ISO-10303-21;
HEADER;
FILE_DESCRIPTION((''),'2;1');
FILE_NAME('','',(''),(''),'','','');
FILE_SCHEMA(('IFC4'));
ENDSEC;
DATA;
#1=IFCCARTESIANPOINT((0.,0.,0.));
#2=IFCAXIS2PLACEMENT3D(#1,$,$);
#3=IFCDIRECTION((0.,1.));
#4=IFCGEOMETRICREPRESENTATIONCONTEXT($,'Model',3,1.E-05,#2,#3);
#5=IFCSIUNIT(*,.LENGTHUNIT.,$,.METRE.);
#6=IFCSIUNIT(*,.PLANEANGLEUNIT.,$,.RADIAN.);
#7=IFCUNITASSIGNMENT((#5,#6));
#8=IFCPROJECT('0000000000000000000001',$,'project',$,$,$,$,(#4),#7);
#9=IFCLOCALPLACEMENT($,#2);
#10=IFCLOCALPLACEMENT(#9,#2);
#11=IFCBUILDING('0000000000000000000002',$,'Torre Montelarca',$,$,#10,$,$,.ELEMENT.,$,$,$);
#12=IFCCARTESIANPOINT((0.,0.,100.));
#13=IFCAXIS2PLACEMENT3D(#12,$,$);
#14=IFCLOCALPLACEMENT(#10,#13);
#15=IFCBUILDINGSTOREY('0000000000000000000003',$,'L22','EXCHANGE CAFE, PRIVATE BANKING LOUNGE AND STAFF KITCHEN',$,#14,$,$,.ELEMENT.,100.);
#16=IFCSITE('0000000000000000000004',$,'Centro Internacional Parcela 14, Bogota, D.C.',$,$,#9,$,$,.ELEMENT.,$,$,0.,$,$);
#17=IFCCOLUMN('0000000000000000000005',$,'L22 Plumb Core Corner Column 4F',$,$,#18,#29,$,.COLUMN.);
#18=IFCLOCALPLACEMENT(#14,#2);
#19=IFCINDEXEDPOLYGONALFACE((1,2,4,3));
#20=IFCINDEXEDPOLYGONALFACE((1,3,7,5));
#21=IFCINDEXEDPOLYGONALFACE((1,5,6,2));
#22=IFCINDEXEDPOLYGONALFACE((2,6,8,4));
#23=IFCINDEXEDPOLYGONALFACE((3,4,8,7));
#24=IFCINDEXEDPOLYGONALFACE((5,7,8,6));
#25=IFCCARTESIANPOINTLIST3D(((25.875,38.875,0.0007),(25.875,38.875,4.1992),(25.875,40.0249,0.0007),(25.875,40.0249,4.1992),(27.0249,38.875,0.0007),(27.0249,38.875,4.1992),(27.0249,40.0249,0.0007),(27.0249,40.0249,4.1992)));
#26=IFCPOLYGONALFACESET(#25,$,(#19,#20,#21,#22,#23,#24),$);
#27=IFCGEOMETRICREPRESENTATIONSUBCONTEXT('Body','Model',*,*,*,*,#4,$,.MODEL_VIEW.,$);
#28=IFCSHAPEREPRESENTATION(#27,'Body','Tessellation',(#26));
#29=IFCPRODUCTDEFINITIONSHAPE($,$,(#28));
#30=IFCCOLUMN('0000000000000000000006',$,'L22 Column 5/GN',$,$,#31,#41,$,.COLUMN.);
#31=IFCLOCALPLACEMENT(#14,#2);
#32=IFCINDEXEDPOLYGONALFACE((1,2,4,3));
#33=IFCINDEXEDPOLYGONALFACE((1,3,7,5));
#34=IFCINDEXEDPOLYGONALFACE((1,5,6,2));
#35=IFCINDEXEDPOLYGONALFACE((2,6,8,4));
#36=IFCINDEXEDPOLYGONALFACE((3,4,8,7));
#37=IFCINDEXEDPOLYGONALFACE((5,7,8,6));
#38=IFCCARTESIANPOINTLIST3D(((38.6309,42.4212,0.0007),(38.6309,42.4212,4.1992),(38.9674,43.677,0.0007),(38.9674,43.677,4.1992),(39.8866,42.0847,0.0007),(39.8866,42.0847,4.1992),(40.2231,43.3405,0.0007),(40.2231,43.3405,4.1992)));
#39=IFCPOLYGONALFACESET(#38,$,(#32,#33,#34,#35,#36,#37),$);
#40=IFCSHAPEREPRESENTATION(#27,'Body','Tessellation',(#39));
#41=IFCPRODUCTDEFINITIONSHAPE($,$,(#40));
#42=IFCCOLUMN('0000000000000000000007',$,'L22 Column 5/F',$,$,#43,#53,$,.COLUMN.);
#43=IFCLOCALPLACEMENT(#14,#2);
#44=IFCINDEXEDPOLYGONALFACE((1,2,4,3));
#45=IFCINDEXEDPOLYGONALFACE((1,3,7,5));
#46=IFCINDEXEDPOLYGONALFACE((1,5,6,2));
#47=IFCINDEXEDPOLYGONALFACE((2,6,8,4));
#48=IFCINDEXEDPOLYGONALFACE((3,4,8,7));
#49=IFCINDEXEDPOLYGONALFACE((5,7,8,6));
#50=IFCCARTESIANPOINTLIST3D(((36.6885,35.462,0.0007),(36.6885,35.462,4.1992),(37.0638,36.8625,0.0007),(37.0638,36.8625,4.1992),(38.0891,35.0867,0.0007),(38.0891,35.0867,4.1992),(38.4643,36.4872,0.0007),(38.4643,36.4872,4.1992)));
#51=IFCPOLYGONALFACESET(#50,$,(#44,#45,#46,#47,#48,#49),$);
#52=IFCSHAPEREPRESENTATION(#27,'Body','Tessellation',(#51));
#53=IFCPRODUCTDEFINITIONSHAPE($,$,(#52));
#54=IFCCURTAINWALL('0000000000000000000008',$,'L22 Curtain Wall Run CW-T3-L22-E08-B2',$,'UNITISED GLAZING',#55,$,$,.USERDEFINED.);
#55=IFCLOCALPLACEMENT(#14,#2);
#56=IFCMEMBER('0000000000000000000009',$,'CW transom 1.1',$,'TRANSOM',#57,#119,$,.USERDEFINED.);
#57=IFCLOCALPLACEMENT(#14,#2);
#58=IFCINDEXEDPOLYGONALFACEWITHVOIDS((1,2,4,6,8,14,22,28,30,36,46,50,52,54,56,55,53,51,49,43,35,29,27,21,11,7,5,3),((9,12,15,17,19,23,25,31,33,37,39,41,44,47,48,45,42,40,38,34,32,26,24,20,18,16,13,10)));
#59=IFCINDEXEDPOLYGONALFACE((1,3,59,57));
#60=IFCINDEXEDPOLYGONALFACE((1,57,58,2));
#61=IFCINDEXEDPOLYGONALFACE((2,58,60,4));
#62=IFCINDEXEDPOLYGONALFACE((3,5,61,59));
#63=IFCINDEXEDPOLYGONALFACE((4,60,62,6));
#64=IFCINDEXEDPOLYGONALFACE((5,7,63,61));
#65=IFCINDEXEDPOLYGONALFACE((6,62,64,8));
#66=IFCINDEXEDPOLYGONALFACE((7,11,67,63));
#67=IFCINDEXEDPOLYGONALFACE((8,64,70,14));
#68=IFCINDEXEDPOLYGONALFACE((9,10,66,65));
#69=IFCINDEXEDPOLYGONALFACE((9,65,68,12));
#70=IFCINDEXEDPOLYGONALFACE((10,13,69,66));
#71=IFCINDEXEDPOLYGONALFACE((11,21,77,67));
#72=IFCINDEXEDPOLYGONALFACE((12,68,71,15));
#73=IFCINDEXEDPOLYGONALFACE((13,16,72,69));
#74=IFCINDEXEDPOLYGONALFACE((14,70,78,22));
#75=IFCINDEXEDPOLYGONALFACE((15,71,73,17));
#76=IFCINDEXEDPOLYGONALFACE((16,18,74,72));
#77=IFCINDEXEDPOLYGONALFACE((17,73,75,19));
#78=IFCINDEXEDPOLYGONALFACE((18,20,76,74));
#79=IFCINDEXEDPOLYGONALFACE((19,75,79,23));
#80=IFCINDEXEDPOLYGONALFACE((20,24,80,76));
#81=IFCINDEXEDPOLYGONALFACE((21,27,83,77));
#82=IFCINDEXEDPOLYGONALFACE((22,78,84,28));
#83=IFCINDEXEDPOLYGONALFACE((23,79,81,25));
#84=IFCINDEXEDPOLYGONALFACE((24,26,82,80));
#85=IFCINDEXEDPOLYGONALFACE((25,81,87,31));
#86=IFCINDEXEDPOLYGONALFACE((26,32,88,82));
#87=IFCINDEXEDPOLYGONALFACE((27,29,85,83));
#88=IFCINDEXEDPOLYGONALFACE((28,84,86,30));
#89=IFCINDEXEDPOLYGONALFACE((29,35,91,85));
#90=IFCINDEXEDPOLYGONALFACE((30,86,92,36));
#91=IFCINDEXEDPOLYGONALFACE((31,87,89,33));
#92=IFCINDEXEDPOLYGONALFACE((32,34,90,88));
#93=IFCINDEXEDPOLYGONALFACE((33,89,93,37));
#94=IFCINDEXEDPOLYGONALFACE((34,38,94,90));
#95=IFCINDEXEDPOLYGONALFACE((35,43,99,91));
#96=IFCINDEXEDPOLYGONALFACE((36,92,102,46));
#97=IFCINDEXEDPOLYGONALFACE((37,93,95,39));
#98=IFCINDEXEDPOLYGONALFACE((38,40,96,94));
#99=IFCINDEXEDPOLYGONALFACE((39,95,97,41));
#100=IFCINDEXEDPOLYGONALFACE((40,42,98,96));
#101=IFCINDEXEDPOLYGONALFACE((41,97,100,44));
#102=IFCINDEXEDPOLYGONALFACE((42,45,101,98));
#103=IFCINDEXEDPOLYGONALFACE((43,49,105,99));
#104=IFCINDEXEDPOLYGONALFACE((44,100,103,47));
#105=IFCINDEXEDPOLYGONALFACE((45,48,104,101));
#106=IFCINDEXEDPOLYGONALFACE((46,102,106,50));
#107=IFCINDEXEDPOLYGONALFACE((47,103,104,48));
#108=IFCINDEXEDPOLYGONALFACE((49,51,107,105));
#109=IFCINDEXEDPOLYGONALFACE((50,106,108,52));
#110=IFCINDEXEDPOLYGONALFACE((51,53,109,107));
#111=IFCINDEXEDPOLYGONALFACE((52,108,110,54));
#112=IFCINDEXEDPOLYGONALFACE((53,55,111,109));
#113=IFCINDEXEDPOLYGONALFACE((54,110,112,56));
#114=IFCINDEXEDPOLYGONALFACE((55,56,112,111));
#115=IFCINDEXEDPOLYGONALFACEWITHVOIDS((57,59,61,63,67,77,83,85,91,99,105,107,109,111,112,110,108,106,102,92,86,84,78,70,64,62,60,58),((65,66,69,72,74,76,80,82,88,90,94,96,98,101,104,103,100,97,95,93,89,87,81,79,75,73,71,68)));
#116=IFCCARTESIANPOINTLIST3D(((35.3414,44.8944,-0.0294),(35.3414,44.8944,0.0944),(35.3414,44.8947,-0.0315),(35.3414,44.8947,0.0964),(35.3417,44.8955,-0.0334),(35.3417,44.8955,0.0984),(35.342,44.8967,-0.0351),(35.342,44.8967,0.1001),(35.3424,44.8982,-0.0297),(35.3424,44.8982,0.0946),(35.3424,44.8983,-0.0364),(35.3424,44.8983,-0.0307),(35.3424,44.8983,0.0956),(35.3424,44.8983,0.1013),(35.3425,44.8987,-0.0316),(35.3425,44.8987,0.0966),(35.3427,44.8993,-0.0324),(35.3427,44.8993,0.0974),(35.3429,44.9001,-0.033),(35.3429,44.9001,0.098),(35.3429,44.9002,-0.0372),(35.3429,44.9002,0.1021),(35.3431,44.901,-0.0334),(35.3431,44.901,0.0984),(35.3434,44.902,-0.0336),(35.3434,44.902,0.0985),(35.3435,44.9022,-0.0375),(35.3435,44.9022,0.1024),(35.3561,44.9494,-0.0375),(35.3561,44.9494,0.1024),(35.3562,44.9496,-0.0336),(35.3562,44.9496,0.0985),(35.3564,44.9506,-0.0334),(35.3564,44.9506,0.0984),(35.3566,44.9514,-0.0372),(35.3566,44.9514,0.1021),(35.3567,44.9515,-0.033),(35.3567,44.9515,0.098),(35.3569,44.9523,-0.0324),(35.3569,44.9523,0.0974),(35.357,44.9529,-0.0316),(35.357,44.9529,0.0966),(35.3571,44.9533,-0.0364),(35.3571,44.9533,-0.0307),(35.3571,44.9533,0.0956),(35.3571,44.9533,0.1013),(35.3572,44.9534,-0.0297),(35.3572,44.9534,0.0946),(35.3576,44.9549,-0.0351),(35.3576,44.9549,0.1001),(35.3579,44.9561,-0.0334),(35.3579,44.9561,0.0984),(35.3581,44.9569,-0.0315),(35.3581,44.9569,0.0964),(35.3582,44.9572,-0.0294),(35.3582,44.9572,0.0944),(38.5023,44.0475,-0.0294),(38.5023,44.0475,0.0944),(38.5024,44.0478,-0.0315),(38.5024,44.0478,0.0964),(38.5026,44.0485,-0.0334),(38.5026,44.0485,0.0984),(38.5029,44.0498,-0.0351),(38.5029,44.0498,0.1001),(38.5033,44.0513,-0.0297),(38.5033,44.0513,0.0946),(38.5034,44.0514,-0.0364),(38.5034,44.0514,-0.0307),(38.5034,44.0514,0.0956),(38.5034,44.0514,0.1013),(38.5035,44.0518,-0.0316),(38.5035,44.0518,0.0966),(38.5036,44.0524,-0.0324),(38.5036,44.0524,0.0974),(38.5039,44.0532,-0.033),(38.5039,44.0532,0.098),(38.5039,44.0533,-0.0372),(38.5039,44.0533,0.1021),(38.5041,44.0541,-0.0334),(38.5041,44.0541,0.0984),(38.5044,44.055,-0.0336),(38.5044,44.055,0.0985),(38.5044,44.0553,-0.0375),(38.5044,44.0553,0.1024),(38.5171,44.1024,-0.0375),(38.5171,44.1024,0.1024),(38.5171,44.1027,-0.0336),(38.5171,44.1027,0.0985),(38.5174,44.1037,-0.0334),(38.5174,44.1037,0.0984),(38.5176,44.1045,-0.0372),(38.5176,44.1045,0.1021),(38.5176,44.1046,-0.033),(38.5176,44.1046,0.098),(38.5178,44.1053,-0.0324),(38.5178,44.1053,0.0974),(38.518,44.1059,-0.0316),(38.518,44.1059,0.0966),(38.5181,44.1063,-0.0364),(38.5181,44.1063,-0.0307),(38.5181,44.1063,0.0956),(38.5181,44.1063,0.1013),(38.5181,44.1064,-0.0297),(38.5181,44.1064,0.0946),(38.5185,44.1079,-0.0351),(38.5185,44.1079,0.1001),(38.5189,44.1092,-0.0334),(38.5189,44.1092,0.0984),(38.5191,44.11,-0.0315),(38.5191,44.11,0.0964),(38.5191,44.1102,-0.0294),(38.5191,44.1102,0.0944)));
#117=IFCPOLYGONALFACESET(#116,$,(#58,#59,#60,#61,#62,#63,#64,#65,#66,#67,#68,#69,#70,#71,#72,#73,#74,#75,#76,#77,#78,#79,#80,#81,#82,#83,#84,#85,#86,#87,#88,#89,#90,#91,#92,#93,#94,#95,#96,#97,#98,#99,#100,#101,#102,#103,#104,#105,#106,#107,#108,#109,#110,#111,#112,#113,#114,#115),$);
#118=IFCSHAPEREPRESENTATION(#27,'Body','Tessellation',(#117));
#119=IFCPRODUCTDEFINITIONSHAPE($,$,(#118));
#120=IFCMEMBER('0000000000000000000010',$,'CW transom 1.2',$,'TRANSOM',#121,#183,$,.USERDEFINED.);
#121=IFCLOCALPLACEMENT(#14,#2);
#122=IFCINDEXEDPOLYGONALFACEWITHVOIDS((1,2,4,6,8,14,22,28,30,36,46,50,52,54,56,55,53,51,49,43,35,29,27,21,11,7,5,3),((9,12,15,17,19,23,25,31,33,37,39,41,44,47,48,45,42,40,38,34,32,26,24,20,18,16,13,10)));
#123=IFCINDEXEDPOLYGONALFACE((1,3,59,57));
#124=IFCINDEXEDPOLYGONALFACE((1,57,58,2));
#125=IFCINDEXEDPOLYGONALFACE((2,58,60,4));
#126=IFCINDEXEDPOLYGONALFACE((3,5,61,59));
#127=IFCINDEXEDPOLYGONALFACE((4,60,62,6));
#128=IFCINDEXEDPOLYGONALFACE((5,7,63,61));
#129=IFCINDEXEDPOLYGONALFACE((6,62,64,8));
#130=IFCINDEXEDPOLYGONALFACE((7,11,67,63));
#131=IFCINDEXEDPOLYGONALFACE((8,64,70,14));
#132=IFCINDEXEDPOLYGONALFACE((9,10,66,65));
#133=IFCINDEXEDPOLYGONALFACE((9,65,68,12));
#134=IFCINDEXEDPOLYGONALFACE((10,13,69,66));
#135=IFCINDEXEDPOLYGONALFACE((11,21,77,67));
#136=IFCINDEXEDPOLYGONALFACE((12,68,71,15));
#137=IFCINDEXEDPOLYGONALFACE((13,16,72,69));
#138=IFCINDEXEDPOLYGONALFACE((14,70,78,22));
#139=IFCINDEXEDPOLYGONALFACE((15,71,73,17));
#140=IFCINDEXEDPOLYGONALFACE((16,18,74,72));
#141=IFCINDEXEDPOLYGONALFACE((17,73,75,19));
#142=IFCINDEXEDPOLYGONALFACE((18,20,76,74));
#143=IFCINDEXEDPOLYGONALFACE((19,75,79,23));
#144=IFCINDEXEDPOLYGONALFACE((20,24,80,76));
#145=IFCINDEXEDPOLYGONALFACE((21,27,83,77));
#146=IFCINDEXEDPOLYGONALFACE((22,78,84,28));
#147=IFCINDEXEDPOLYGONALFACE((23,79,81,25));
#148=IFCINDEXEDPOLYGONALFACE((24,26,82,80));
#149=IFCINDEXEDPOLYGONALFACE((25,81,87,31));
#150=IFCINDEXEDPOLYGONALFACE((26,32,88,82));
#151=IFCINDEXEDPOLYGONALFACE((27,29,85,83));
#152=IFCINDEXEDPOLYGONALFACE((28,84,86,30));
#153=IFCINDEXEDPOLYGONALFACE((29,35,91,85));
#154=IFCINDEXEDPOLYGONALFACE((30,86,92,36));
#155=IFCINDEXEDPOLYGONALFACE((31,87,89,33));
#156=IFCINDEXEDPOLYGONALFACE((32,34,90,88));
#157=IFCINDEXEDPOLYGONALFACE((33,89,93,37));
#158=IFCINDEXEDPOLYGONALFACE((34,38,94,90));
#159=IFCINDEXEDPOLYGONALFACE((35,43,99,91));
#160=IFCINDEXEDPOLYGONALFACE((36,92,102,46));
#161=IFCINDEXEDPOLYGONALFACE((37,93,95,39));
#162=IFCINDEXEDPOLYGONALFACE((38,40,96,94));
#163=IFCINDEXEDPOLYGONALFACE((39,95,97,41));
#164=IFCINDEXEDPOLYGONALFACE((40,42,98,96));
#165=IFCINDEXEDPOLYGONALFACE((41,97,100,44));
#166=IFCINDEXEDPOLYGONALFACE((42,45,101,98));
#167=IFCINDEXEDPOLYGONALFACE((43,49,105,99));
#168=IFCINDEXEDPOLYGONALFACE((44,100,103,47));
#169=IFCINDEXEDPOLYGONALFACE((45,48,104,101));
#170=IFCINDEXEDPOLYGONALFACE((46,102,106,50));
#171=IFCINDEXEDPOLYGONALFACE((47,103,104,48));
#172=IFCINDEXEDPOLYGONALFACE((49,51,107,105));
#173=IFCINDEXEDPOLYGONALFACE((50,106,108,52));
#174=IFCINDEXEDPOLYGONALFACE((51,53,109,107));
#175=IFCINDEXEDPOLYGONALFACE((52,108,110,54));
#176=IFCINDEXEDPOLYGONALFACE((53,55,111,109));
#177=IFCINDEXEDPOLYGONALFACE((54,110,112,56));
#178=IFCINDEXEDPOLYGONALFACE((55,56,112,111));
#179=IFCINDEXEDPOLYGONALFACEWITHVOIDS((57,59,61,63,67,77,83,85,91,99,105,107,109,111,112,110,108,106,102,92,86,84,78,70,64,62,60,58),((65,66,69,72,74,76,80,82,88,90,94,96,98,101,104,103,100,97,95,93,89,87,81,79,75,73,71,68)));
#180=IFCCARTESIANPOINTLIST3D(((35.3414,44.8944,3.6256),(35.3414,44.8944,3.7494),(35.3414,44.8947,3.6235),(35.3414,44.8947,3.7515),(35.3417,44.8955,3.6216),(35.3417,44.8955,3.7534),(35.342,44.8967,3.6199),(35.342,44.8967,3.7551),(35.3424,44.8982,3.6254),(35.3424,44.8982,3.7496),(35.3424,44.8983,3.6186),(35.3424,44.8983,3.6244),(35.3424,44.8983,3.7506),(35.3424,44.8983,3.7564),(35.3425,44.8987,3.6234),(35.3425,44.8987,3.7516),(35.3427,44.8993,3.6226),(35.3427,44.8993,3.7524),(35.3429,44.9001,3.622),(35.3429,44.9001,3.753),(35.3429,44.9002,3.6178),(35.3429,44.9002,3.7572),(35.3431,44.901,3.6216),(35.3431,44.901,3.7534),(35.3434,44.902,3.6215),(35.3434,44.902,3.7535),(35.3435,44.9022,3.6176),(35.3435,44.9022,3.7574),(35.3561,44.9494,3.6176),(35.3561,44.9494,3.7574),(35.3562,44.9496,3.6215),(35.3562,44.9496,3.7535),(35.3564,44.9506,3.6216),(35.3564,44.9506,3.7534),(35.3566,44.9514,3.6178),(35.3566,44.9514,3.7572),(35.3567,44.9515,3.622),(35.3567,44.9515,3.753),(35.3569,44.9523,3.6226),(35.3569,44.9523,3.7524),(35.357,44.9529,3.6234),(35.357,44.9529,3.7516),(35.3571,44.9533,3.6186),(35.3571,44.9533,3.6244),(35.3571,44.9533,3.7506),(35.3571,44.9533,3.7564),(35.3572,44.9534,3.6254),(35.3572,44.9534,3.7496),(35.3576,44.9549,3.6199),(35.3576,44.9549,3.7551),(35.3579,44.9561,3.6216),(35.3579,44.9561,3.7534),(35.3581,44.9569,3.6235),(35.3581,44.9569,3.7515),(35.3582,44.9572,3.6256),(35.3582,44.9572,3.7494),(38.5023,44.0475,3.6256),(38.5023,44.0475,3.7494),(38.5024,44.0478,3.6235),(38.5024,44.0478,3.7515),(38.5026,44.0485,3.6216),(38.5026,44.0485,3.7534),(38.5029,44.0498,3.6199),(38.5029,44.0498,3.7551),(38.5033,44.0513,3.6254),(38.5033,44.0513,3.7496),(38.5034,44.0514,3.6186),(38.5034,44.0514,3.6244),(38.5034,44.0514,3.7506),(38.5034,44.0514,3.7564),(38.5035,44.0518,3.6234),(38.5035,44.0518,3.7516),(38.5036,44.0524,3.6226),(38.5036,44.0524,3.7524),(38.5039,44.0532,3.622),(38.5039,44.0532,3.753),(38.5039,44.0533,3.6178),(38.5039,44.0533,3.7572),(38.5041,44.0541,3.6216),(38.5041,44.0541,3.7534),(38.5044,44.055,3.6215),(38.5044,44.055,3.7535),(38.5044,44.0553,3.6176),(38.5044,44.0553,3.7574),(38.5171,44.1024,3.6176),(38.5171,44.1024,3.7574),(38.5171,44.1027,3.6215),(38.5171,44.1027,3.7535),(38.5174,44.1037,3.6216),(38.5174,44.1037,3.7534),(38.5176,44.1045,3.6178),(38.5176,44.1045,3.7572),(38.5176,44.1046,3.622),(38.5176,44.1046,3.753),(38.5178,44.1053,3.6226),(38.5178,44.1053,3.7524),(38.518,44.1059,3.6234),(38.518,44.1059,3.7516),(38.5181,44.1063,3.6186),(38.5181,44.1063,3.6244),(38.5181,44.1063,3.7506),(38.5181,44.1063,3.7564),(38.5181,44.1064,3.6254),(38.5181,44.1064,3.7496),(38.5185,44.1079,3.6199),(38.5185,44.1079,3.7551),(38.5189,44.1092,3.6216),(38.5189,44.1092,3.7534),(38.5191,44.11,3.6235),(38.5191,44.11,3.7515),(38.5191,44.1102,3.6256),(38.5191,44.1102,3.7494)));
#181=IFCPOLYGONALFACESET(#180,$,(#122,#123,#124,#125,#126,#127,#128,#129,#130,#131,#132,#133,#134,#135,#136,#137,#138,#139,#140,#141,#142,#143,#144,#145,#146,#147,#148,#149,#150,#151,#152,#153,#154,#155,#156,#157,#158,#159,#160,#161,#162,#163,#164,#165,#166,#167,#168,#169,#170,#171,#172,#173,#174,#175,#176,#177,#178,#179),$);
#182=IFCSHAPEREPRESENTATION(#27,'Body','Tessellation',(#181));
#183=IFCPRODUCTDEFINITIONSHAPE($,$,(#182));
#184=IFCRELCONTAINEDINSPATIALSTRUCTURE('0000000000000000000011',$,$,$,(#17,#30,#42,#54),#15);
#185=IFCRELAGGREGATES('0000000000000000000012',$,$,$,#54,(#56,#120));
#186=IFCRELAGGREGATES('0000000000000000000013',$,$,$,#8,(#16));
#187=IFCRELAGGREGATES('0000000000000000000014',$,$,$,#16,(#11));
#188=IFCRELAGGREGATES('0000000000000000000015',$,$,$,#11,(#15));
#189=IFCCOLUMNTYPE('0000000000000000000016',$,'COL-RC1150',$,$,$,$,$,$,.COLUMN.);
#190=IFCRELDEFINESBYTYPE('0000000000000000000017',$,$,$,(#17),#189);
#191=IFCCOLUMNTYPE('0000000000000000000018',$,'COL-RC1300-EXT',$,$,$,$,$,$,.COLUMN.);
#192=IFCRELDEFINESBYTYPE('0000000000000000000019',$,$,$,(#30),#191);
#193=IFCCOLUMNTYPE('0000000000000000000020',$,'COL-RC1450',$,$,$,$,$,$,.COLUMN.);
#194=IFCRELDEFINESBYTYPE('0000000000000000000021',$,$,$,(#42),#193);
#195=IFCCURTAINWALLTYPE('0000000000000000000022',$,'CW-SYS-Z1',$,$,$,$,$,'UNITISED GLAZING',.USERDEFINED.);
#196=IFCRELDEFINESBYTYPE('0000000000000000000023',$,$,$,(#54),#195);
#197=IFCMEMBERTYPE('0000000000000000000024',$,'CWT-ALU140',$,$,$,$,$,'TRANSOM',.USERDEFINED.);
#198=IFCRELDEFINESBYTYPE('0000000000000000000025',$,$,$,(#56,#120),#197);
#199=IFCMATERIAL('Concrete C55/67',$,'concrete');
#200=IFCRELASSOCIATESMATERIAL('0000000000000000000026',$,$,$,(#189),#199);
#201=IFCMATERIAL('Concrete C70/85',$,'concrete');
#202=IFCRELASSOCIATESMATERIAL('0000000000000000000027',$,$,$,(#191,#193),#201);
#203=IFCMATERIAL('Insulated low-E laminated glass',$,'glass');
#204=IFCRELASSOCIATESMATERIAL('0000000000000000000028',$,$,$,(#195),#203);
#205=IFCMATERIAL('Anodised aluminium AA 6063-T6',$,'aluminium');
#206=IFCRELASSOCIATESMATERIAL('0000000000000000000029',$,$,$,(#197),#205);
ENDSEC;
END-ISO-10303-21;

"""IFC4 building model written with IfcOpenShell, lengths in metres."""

from ifc_helpers import new_model, si_unit, direction, frame, origin, origin_2d, place, context, subcontext, project, spatial, rectangle, hollow_rectangle, extrude, source, transform, mapped, material, material_profile, profile_set, type_object, element, aggregate, save


model = new_model("IFC4")

# Units and contexts
model_context = context("Model", 3, precision=1e-05, world=origin(), true_north=direction((0.0, 1.0)))
body_context = subcontext(model_context, "Body", "Model", "MODEL_VIEW")
ifc_project = project(units=[si_unit("LENGTHUNIT", "METRE"), si_unit("PLANEANGLEUNIT", "RADIAN")], contexts=[model_context])

# Site, building, storey
site_placement = place(None, origin())
site = spatial("IfcSite", under=ifc_project, at=site_placement, Name="Centro Internacional Parcela 14, Bogota, D.C.", CompositionType="ELEMENT", RefElevation=0.0)
building_placement = place(site_placement, origin())
building = spatial("IfcBuilding", under=site, at=building_placement, Name="Torre Montelarca", CompositionType="ELEMENT")
storey_placement = place(building_placement, frame((0.0, 0.0, 100.0)))
storey = spatial("IfcBuildingStorey", under=building, at=storey_placement, Name="L22", Description="EXCHANGE CAFE, PRIVATE BANKING LOUNGE AND STAFF KITCHEN", CompositionType="ELEMENT", Elevation=100.0)

# Columns
ifc_material_1 = material(Name="Concrete C55/67", Category="concrete")
ifc_material_profile_1 = material_profile(ifc_material_1, rectangle(XDim=1.1499, YDim=1.1499, at=origin_2d()), Name="RC1150X1150", Category="concrete")
ifc_profile_set_1 = profile_set([ifc_material_profile_1], Name="Concrete C55/67")
column_type_1 = type_object("IfcColumnType", Name="COL-RC1150", PredefinedType="COLUMN", material=ifc_profile_set_1)
shared_shape_1 = source(origin(), body_context, "Body", "SweptSolid", [
    extrude(rectangle(XDim=1.1499, YDim=1.1499, at=origin_2d()), origin(), (0.0, 0.0, 1.0), 4.1985),
])
column_1_placement = place(storey_placement, frame((26.45, 39.45, 0.0007), z_axis=(0.0, 0.0, 1.0), x_axis=(1.0, 0.0, 0.0)))
element("IfcColumn", 1, at=column_1_placement, inside=storey, type_object=column_type_1, Name="L22 Plumb Core Corner Column 4F", PredefinedType="COLUMN", context=body_context, shape_type="MappedRepresentation", body=[
    mapped(shared_shape_1, transform((0.0, 0.0, 0.0), scale=1.0)),
])
ifc_material_2 = material(Name="Concrete C70/85", Category="concrete")
ifc_material_profile_2 = material_profile(ifc_material_2, rectangle(XDim=1.3, YDim=1.3, at=origin_2d()), Name="RC1300X1300", Category="concrete")
ifc_profile_set_2 = profile_set([ifc_material_profile_2], Name="Concrete C70/85")
column_type_2 = type_object("IfcColumnType", Name="COL-RC1300-EXT", PredefinedType="COLUMN", material=ifc_profile_set_2)
shared_shape_2 = source(origin(), body_context, "Body", "SweptSolid", [
    extrude(rectangle(XDim=1.3, YDim=1.3, at=origin_2d()), origin(), (0.0, 0.0, 1.0), 4.1985),
])
column_2_placement = place(storey_placement, frame((39.427, 42.8809, 0.0007), z_axis=(0.0, 0.0, 1.0), x_axis=(-0.965926, 0.258819, 0.0)))
element("IfcColumn", 2, at=column_2_placement, inside=storey, type_object=column_type_2, Name="L22 Column 5/GN", PredefinedType="COLUMN", context=body_context, shape_type="MappedRepresentation", body=[
    mapped(shared_shape_2, transform((0.0, 0.0, 0.0), scale=1.0)),
])
ifc_material_profile_3 = material_profile(ifc_material_2, rectangle(XDim=1.45, YDim=1.45, at=origin_2d()), Name="RC1450X1450", Category="concrete")
ifc_profile_set_3 = profile_set([ifc_material_profile_3], Name="Concrete C70/85")
column_type_3 = type_object("IfcColumnType", Name="COL-RC1450", PredefinedType="COLUMN", material=ifc_profile_set_3)
shared_shape_3 = source(origin(), body_context, "Body", "SweptSolid", [
    extrude(rectangle(XDim=1.45, YDim=1.45, at=origin_2d()), origin(), (0.0, 0.0, 1.0), 4.1985),
])
column_3_placement = place(storey_placement, frame((37.5764, 35.9746, 0.0007), z_axis=(0.0, 0.0, 1.0), x_axis=(-0.965926, 0.258819, 0.0)))
element("IfcColumn", 3, at=column_3_placement, inside=storey, type_object=column_type_3, Name="L22 Column 5/F", PredefinedType="COLUMN", context=body_context, shape_type="MappedRepresentation", body=[
    mapped(shared_shape_3, transform((0.0, 0.0, 0.0), scale=1.0)),
])

# Curtain wall, members
ifc_material_3 = material(Name="Insulated low-E laminated glass", Category="glass")
curtain_wall_type = type_object("IfcCurtainWallType", Name="CW-SYS-Z1", ElementType="UNITISED GLAZING", PredefinedType="USERDEFINED", material=ifc_material_3)
curtain_wall_1_placement = place(storey_placement, origin())
curtain_wall_1 = element("IfcCurtainWall", 4, at=curtain_wall_1_placement, inside=storey, type_object=curtain_wall_type, Name="L22 Curtain Wall Run CW-T3-L22-E08-B2", ObjectType="UNITISED GLAZING", PredefinedType="USERDEFINED")
ifc_material_4 = material(Name="Anodised aluminium AA 6063-T6", Category="aluminium")
ifc_material_profile_4 = material_profile(ifc_material_4, hollow_rectangle(XDim=0.0649, YDim=0.1399, WallThickness=0.0039, InnerFilletRadius=0.0039, OuterFilletRadius=0.0081, at=origin_2d()), Name="ALU65X140X4", Category="aluminium")
ifc_profile_set_4 = profile_set([ifc_material_profile_4], Name="Anodised aluminium AA 6063-T6")
member_type_1 = type_object("IfcMemberType", Name="CWT-ALU140", ElementType="TRANSOM", PredefinedType="USERDEFINED", material=ifc_profile_set_4)
shared_shape_4 = source(origin(), body_context, "Body", "SweptSolid", [
    extrude(hollow_rectangle(XDim=0.0649, YDim=0.1399, WallThickness=0.0039, InnerFilletRadius=0.0039, OuterFilletRadius=0.0081, at=origin_2d()), origin(), (0.0, 0.0, 1.0), 3.2725),
])
member_1_placement = place(storey_placement, frame((38.5107, 44.0789, 0.0325), z_axis=(-0.965928, 0.258809, 0.0), x_axis=(-0.258809, -0.965928, 0.0)))
member_1 = element("IfcMember", 5, at=member_1_placement, type_object=member_type_1, Name="CW transom 1.1", ObjectType="TRANSOM", PredefinedType="USERDEFINED", context=body_context, shape_type="MappedRepresentation", body=[
    mapped(shared_shape_4, transform((0.0, 0.0, 0.0), scale=1.0)),
])
member_2_placement = place(storey_placement, frame((38.5107, 44.0789, 3.6875), z_axis=(-0.965928, 0.258809, 0.0), x_axis=(-0.258809, -0.965928, 0.0)))
member_2 = element("IfcMember", 6, at=member_2_placement, type_object=member_type_1, Name="CW transom 1.2", ObjectType="TRANSOM", PredefinedType="USERDEFINED", context=body_context, shape_type="MappedRepresentation", body=[
    mapped(shared_shape_4, transform((0.0, 0.0, 0.0), scale=1.0)),
])

aggregate(curtain_wall_1, [member_1, member_2])

save(model, "model.ifc")
